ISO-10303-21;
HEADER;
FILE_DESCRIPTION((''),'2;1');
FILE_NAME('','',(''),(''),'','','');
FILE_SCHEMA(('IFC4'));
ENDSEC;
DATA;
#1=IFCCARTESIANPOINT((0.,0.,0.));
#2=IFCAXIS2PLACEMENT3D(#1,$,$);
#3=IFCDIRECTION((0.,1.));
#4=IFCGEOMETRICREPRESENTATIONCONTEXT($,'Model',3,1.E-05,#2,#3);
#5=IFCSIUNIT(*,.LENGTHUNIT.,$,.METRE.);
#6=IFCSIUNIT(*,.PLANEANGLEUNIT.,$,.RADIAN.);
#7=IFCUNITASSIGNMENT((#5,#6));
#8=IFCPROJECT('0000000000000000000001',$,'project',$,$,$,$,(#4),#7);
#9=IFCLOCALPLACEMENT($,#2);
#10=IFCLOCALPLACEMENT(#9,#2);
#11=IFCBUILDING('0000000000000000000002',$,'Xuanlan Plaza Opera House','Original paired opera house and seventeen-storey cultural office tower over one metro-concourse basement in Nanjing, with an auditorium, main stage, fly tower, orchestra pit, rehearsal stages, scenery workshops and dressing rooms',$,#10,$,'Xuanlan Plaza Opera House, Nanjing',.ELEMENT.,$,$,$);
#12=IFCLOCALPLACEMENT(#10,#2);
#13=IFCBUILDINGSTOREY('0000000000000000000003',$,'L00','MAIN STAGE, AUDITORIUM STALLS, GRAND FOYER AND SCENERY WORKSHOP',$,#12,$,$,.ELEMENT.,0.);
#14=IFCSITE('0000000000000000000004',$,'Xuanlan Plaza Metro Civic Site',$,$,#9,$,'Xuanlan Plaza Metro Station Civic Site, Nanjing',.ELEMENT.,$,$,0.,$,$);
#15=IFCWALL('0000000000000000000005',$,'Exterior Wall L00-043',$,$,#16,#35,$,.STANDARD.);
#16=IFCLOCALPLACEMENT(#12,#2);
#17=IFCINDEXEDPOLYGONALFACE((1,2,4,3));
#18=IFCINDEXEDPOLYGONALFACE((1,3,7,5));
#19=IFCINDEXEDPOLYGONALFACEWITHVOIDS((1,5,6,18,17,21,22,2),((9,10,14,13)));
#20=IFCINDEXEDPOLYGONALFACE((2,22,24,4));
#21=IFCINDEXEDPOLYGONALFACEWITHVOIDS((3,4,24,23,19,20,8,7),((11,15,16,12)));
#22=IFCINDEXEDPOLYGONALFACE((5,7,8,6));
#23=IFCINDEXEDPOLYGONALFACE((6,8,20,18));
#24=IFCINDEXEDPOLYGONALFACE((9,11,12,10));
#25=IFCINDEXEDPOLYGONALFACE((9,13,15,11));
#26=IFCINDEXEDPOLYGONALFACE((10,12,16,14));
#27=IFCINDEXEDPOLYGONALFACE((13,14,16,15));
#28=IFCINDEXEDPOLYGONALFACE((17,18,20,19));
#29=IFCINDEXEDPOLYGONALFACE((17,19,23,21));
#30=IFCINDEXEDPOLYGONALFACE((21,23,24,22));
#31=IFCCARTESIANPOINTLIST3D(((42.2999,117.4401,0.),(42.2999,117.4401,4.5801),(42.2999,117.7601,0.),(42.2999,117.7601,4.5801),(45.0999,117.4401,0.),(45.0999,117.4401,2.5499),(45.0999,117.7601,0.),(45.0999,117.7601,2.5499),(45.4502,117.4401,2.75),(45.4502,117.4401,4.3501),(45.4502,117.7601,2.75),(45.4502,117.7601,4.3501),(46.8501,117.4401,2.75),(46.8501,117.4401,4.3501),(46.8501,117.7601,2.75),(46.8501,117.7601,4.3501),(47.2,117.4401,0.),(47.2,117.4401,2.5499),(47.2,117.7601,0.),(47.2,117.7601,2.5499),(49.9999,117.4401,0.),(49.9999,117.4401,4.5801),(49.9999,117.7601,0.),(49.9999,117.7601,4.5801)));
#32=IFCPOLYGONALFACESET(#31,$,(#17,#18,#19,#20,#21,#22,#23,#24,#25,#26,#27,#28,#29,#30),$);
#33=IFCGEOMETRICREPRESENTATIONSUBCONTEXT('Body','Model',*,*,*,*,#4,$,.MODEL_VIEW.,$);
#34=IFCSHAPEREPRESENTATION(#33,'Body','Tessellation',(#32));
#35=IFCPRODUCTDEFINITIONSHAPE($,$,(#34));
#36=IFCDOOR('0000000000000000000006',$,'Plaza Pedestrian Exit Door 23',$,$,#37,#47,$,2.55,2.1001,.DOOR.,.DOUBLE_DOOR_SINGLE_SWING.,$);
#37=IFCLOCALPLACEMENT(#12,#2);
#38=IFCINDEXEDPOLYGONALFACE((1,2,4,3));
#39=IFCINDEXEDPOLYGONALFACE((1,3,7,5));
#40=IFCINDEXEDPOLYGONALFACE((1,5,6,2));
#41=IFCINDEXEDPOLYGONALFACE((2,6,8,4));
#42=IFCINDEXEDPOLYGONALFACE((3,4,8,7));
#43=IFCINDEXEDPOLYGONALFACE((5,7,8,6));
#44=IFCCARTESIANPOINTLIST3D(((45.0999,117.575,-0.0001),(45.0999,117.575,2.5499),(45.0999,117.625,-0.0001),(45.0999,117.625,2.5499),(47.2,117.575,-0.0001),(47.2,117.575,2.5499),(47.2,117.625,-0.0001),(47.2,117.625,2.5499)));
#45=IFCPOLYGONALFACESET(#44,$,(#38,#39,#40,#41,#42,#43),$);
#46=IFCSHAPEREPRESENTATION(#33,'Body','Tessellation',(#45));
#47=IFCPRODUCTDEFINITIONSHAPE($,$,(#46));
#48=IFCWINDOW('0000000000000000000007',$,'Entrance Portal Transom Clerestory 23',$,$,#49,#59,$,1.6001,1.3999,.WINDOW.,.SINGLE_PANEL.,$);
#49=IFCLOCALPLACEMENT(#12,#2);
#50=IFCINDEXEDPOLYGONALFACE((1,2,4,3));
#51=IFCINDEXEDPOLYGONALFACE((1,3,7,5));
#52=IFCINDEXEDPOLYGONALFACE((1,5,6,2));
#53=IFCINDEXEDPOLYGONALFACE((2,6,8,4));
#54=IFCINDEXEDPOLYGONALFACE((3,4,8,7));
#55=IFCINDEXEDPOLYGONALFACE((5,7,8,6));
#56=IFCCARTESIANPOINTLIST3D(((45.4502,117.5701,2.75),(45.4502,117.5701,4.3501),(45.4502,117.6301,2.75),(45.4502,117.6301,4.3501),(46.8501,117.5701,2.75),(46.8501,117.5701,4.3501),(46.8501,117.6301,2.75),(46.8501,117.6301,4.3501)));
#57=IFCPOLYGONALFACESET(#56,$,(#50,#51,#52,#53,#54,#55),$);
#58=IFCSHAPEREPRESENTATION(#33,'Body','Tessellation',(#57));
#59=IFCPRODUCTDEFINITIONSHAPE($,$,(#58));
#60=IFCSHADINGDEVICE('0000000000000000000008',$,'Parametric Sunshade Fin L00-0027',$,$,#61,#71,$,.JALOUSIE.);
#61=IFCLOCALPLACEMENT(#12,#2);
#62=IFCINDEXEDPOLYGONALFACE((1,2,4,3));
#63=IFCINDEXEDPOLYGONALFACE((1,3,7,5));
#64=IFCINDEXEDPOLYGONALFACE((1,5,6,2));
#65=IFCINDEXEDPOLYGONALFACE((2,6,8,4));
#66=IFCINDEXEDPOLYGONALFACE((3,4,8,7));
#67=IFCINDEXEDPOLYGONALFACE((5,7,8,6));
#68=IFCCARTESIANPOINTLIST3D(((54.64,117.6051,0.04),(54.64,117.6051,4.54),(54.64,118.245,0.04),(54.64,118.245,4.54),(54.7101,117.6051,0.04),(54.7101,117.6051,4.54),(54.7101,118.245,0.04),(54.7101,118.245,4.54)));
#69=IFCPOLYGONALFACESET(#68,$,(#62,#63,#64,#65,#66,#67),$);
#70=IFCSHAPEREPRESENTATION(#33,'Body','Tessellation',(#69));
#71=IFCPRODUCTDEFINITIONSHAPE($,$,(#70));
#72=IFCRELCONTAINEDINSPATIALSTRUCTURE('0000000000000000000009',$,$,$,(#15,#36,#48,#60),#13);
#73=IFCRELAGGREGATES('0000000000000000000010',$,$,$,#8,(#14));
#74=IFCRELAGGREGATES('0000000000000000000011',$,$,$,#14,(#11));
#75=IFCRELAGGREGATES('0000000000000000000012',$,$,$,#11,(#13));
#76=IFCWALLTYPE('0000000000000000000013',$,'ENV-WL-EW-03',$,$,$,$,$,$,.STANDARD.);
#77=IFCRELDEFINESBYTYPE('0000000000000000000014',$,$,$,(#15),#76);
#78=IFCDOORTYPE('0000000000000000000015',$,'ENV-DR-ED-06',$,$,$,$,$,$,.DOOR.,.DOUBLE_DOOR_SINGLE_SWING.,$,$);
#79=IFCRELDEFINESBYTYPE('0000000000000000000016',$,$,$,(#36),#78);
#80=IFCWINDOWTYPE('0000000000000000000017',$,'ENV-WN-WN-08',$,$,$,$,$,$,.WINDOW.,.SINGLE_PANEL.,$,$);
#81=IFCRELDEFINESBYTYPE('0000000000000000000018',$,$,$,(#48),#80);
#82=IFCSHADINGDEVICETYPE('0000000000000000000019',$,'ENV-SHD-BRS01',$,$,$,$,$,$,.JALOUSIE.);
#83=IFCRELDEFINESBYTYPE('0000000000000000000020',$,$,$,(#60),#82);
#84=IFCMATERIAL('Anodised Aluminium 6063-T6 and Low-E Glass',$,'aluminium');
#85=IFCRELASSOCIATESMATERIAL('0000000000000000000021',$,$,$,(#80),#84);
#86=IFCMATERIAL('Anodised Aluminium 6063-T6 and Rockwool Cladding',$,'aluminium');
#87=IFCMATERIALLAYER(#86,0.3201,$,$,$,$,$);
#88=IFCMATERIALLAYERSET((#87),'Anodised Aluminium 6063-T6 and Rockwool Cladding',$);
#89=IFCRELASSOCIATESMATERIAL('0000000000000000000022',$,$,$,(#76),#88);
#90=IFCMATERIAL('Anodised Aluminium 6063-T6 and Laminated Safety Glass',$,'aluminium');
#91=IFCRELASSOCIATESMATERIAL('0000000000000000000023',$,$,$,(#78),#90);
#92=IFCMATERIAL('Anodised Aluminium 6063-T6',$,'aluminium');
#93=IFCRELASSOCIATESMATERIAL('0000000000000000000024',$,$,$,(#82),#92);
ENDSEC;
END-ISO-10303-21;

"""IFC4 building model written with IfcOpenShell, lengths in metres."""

from ifc_helpers import new_model, si_unit, direction, frame, frame_2d, origin, origin_2d, place, context, subcontext, project, spatial, rectangle, extrude, material, layer, layer_set, type_object, element, fill, save


model = new_model("IFC4")

# Units and contexts
model_context = context("Model", 3, precision=1e-05, world=origin(), true_north=direction((0.0, 1.0)))
body_context = subcontext(model_context, "Body", "Model", "MODEL_VIEW")
ifc_project = project(units=[si_unit("LENGTHUNIT", "METRE"), si_unit("PLANEANGLEUNIT", "RADIAN")], contexts=[model_context])

# Site, building, storey
site_placement = place(None, origin())
site = spatial("IfcSite", under=ifc_project, at=site_placement, Name="Xuanlan Plaza Metro Civic Site", LongName="Xuanlan Plaza Metro Station Civic Site, Nanjing", CompositionType="ELEMENT", RefElevation=0.0)
building_placement = place(site_placement, origin())
building = spatial("IfcBuilding", under=site, at=building_placement, Name="Xuanlan Plaza Opera House", Description="Original paired opera house and seventeen-storey cultural office tower over one metro-concourse basement in Nanjing, with an auditorium, main stage, fly tower, orchestra pit, rehearsal stages, scenery workshops and dressing rooms", LongName="Xuanlan Plaza Opera House, Nanjing", CompositionType="ELEMENT")
storey_placement = place(building_placement, origin())
storey = spatial("IfcBuildingStorey", under=building, at=storey_placement, Name="L00", Description="MAIN STAGE, AUDITORIUM STALLS, GRAND FOYER AND SCENERY WORKSHOP", CompositionType="ELEMENT", Elevation=0.0)

# Shared definitions
ifc_material_1 = material(Name="Anodised Aluminium 6063-T6 and Low-E Glass", Category="aluminium")
ifc_material_2 = material(Name="Anodised Aluminium 6063-T6", Category="aluminium")

# Wall, openings, door, window
ifc_material_3 = material(Name="Anodised Aluminium 6063-T6 and Rockwool Cladding", Category="aluminium")
ifc_material_4 = material(Name="Anodised Aluminium 6063-T6 and Laminated Safety Glass", Category="aluminium")
window_type = type_object("IfcWindowType", Name="ENV-WN-WN-08", PartitioningType="SINGLE_PANEL", PredefinedType="WINDOW", material=ifc_material_1)
ifc_layer_1 = layer(ifc_material_3, 0.3201)
ifc_layer_set_1 = layer_set([ifc_layer_1], Name="Anodised Aluminium 6063-T6 and Rockwool Cladding")
wall_type_1 = type_object("IfcWallType", Name="ENV-WL-EW-03", PredefinedType="STANDARD", material=ifc_layer_set_1)
wall_1_placement = place(storey_placement, frame((50.0, 117.6001, 0.0), z_axis=(0.0, 0.0, 1.0), x_axis=(-1.0, 0.0, 0.0)))
wall_1 = element("IfcWall", 1, at=wall_1_placement, inside=storey, type_object=wall_type_1, Name="Exterior Wall L00-043", PredefinedType="STANDARD", context=body_context, shape_type="SweptSolid", body=[
    extrude(rectangle(XDim=7.7, YDim=0.3201, at=frame_2d((3.8501, 0.0))), origin(), (0.0, 0.0, 1.0), 4.5801),
])
opening_1_placement = place(wall_1_placement, frame((2.8, 0.0, 0.0)))
opening_1 = element("IfcOpeningElement", 2, at=opening_1_placement, cuts=wall_1, PredefinedType="OPENING", context=body_context, shape_type="SweptSolid", body=[
    extrude(rectangle(XDim=2.1001, YDim=2.55, at=frame_2d((1.05, 1.2749))), frame((0.0, 0.1699, 0.0), z_axis=(0.0, -1.0, 0.0), x_axis=(1.0, 0.0, 0.0)), (0.0, 0.0, 1.0), 0.3401),
])
opening_2_placement = place(wall_1_placement, frame((3.1499, 0.0, 2.75)))
opening_2 = element("IfcOpeningElement", 3, at=opening_2_placement, cuts=wall_1, PredefinedType="OPENING", context=body_context, shape_type="SweptSolid", body=[
    extrude(rectangle(XDim=1.3999, YDim=1.6001, at=frame_2d((0.7, 0.8))), frame((0.0, 0.1699, 0.0), z_axis=(0.0, -1.0, 0.0), x_axis=(1.0, 0.0, 0.0)), (0.0, 0.0, 1.0), 0.3401),
])
door_type_1 = type_object("IfcDoorType", Name="ENV-DR-ED-06", OperationType="DOUBLE_DOOR_SINGLE_SWING", PredefinedType="DOOR", material=ifc_material_4)
door_1_placement = place(opening_1_placement, frame((2.1001, 0.0, 0.0), z_axis=(0.0, 0.0, 1.0), x_axis=(-1.0, 0.0, 0.0)))
door_1 = element("IfcDoor", 4, at=door_1_placement, inside=storey, type_object=door_type_1, Name="Plaza Pedestrian Exit Door 23", OperationType="DOUBLE_DOOR_SINGLE_SWING", OverallHeight=2.55, OverallWidth=2.1001, PredefinedType="DOOR", context=body_context, shape_type="SweptSolid", body=[
    extrude(rectangle(XDim=2.1001, YDim=2.55, at=frame_2d((1.05, 1.2749))), frame((0.0, 0.0249, 0.0), z_axis=(0.0, -1.0, 0.0), x_axis=(1.0, 0.0, 0.0)), (0.0, 0.0, 1.0), 0.05),
])
fill(opening_1, door_1)
window_1_placement = place(opening_2_placement, origin())
window_1 = element("IfcWindow", 5, at=window_1_placement, inside=storey, type_object=window_type, Name="Entrance Portal Transom Clerestory 23", OverallHeight=1.6001, OverallWidth=1.3999, PartitioningType="SINGLE_PANEL", PredefinedType="WINDOW", context=body_context, shape_type="SweptSolid", body=[
    extrude(rectangle(XDim=1.3999, YDim=1.6001, at=frame_2d((0.7, 0.8))), frame((0.0, 0.03, 0.0), z_axis=(0.0, -1.0, 0.0), x_axis=(1.0, 0.0, 0.0)), (0.0, 0.0, 1.0), 0.0601),
])
fill(opening_2, window_1)

# Shading device
shading_device_type = type_object("IfcShadingDeviceType", Name="ENV-SHD-BRS01", PredefinedType="JALOUSIE", material=ifc_material_2)
shading_device_placement = place(storey_placement, frame((54.675, 117.925, 0.04), z_axis=(0.0, 0.0, 1.0), x_axis=(0.0, 1.0, 0.0)))
element("IfcShadingDevice", 6, at=shading_device_placement, inside=storey, type_object=shading_device_type, Name="Parametric Sunshade Fin L00-0027", PredefinedType="JALOUSIE", context=body_context, shape_type="SweptSolid", body=[
    extrude(rectangle(XDim=0.6399, YDim=0.0701, at=origin_2d()), origin(), (0.0, 0.0, 1.0), 4.5),
])

save(model, "model.ifc")
